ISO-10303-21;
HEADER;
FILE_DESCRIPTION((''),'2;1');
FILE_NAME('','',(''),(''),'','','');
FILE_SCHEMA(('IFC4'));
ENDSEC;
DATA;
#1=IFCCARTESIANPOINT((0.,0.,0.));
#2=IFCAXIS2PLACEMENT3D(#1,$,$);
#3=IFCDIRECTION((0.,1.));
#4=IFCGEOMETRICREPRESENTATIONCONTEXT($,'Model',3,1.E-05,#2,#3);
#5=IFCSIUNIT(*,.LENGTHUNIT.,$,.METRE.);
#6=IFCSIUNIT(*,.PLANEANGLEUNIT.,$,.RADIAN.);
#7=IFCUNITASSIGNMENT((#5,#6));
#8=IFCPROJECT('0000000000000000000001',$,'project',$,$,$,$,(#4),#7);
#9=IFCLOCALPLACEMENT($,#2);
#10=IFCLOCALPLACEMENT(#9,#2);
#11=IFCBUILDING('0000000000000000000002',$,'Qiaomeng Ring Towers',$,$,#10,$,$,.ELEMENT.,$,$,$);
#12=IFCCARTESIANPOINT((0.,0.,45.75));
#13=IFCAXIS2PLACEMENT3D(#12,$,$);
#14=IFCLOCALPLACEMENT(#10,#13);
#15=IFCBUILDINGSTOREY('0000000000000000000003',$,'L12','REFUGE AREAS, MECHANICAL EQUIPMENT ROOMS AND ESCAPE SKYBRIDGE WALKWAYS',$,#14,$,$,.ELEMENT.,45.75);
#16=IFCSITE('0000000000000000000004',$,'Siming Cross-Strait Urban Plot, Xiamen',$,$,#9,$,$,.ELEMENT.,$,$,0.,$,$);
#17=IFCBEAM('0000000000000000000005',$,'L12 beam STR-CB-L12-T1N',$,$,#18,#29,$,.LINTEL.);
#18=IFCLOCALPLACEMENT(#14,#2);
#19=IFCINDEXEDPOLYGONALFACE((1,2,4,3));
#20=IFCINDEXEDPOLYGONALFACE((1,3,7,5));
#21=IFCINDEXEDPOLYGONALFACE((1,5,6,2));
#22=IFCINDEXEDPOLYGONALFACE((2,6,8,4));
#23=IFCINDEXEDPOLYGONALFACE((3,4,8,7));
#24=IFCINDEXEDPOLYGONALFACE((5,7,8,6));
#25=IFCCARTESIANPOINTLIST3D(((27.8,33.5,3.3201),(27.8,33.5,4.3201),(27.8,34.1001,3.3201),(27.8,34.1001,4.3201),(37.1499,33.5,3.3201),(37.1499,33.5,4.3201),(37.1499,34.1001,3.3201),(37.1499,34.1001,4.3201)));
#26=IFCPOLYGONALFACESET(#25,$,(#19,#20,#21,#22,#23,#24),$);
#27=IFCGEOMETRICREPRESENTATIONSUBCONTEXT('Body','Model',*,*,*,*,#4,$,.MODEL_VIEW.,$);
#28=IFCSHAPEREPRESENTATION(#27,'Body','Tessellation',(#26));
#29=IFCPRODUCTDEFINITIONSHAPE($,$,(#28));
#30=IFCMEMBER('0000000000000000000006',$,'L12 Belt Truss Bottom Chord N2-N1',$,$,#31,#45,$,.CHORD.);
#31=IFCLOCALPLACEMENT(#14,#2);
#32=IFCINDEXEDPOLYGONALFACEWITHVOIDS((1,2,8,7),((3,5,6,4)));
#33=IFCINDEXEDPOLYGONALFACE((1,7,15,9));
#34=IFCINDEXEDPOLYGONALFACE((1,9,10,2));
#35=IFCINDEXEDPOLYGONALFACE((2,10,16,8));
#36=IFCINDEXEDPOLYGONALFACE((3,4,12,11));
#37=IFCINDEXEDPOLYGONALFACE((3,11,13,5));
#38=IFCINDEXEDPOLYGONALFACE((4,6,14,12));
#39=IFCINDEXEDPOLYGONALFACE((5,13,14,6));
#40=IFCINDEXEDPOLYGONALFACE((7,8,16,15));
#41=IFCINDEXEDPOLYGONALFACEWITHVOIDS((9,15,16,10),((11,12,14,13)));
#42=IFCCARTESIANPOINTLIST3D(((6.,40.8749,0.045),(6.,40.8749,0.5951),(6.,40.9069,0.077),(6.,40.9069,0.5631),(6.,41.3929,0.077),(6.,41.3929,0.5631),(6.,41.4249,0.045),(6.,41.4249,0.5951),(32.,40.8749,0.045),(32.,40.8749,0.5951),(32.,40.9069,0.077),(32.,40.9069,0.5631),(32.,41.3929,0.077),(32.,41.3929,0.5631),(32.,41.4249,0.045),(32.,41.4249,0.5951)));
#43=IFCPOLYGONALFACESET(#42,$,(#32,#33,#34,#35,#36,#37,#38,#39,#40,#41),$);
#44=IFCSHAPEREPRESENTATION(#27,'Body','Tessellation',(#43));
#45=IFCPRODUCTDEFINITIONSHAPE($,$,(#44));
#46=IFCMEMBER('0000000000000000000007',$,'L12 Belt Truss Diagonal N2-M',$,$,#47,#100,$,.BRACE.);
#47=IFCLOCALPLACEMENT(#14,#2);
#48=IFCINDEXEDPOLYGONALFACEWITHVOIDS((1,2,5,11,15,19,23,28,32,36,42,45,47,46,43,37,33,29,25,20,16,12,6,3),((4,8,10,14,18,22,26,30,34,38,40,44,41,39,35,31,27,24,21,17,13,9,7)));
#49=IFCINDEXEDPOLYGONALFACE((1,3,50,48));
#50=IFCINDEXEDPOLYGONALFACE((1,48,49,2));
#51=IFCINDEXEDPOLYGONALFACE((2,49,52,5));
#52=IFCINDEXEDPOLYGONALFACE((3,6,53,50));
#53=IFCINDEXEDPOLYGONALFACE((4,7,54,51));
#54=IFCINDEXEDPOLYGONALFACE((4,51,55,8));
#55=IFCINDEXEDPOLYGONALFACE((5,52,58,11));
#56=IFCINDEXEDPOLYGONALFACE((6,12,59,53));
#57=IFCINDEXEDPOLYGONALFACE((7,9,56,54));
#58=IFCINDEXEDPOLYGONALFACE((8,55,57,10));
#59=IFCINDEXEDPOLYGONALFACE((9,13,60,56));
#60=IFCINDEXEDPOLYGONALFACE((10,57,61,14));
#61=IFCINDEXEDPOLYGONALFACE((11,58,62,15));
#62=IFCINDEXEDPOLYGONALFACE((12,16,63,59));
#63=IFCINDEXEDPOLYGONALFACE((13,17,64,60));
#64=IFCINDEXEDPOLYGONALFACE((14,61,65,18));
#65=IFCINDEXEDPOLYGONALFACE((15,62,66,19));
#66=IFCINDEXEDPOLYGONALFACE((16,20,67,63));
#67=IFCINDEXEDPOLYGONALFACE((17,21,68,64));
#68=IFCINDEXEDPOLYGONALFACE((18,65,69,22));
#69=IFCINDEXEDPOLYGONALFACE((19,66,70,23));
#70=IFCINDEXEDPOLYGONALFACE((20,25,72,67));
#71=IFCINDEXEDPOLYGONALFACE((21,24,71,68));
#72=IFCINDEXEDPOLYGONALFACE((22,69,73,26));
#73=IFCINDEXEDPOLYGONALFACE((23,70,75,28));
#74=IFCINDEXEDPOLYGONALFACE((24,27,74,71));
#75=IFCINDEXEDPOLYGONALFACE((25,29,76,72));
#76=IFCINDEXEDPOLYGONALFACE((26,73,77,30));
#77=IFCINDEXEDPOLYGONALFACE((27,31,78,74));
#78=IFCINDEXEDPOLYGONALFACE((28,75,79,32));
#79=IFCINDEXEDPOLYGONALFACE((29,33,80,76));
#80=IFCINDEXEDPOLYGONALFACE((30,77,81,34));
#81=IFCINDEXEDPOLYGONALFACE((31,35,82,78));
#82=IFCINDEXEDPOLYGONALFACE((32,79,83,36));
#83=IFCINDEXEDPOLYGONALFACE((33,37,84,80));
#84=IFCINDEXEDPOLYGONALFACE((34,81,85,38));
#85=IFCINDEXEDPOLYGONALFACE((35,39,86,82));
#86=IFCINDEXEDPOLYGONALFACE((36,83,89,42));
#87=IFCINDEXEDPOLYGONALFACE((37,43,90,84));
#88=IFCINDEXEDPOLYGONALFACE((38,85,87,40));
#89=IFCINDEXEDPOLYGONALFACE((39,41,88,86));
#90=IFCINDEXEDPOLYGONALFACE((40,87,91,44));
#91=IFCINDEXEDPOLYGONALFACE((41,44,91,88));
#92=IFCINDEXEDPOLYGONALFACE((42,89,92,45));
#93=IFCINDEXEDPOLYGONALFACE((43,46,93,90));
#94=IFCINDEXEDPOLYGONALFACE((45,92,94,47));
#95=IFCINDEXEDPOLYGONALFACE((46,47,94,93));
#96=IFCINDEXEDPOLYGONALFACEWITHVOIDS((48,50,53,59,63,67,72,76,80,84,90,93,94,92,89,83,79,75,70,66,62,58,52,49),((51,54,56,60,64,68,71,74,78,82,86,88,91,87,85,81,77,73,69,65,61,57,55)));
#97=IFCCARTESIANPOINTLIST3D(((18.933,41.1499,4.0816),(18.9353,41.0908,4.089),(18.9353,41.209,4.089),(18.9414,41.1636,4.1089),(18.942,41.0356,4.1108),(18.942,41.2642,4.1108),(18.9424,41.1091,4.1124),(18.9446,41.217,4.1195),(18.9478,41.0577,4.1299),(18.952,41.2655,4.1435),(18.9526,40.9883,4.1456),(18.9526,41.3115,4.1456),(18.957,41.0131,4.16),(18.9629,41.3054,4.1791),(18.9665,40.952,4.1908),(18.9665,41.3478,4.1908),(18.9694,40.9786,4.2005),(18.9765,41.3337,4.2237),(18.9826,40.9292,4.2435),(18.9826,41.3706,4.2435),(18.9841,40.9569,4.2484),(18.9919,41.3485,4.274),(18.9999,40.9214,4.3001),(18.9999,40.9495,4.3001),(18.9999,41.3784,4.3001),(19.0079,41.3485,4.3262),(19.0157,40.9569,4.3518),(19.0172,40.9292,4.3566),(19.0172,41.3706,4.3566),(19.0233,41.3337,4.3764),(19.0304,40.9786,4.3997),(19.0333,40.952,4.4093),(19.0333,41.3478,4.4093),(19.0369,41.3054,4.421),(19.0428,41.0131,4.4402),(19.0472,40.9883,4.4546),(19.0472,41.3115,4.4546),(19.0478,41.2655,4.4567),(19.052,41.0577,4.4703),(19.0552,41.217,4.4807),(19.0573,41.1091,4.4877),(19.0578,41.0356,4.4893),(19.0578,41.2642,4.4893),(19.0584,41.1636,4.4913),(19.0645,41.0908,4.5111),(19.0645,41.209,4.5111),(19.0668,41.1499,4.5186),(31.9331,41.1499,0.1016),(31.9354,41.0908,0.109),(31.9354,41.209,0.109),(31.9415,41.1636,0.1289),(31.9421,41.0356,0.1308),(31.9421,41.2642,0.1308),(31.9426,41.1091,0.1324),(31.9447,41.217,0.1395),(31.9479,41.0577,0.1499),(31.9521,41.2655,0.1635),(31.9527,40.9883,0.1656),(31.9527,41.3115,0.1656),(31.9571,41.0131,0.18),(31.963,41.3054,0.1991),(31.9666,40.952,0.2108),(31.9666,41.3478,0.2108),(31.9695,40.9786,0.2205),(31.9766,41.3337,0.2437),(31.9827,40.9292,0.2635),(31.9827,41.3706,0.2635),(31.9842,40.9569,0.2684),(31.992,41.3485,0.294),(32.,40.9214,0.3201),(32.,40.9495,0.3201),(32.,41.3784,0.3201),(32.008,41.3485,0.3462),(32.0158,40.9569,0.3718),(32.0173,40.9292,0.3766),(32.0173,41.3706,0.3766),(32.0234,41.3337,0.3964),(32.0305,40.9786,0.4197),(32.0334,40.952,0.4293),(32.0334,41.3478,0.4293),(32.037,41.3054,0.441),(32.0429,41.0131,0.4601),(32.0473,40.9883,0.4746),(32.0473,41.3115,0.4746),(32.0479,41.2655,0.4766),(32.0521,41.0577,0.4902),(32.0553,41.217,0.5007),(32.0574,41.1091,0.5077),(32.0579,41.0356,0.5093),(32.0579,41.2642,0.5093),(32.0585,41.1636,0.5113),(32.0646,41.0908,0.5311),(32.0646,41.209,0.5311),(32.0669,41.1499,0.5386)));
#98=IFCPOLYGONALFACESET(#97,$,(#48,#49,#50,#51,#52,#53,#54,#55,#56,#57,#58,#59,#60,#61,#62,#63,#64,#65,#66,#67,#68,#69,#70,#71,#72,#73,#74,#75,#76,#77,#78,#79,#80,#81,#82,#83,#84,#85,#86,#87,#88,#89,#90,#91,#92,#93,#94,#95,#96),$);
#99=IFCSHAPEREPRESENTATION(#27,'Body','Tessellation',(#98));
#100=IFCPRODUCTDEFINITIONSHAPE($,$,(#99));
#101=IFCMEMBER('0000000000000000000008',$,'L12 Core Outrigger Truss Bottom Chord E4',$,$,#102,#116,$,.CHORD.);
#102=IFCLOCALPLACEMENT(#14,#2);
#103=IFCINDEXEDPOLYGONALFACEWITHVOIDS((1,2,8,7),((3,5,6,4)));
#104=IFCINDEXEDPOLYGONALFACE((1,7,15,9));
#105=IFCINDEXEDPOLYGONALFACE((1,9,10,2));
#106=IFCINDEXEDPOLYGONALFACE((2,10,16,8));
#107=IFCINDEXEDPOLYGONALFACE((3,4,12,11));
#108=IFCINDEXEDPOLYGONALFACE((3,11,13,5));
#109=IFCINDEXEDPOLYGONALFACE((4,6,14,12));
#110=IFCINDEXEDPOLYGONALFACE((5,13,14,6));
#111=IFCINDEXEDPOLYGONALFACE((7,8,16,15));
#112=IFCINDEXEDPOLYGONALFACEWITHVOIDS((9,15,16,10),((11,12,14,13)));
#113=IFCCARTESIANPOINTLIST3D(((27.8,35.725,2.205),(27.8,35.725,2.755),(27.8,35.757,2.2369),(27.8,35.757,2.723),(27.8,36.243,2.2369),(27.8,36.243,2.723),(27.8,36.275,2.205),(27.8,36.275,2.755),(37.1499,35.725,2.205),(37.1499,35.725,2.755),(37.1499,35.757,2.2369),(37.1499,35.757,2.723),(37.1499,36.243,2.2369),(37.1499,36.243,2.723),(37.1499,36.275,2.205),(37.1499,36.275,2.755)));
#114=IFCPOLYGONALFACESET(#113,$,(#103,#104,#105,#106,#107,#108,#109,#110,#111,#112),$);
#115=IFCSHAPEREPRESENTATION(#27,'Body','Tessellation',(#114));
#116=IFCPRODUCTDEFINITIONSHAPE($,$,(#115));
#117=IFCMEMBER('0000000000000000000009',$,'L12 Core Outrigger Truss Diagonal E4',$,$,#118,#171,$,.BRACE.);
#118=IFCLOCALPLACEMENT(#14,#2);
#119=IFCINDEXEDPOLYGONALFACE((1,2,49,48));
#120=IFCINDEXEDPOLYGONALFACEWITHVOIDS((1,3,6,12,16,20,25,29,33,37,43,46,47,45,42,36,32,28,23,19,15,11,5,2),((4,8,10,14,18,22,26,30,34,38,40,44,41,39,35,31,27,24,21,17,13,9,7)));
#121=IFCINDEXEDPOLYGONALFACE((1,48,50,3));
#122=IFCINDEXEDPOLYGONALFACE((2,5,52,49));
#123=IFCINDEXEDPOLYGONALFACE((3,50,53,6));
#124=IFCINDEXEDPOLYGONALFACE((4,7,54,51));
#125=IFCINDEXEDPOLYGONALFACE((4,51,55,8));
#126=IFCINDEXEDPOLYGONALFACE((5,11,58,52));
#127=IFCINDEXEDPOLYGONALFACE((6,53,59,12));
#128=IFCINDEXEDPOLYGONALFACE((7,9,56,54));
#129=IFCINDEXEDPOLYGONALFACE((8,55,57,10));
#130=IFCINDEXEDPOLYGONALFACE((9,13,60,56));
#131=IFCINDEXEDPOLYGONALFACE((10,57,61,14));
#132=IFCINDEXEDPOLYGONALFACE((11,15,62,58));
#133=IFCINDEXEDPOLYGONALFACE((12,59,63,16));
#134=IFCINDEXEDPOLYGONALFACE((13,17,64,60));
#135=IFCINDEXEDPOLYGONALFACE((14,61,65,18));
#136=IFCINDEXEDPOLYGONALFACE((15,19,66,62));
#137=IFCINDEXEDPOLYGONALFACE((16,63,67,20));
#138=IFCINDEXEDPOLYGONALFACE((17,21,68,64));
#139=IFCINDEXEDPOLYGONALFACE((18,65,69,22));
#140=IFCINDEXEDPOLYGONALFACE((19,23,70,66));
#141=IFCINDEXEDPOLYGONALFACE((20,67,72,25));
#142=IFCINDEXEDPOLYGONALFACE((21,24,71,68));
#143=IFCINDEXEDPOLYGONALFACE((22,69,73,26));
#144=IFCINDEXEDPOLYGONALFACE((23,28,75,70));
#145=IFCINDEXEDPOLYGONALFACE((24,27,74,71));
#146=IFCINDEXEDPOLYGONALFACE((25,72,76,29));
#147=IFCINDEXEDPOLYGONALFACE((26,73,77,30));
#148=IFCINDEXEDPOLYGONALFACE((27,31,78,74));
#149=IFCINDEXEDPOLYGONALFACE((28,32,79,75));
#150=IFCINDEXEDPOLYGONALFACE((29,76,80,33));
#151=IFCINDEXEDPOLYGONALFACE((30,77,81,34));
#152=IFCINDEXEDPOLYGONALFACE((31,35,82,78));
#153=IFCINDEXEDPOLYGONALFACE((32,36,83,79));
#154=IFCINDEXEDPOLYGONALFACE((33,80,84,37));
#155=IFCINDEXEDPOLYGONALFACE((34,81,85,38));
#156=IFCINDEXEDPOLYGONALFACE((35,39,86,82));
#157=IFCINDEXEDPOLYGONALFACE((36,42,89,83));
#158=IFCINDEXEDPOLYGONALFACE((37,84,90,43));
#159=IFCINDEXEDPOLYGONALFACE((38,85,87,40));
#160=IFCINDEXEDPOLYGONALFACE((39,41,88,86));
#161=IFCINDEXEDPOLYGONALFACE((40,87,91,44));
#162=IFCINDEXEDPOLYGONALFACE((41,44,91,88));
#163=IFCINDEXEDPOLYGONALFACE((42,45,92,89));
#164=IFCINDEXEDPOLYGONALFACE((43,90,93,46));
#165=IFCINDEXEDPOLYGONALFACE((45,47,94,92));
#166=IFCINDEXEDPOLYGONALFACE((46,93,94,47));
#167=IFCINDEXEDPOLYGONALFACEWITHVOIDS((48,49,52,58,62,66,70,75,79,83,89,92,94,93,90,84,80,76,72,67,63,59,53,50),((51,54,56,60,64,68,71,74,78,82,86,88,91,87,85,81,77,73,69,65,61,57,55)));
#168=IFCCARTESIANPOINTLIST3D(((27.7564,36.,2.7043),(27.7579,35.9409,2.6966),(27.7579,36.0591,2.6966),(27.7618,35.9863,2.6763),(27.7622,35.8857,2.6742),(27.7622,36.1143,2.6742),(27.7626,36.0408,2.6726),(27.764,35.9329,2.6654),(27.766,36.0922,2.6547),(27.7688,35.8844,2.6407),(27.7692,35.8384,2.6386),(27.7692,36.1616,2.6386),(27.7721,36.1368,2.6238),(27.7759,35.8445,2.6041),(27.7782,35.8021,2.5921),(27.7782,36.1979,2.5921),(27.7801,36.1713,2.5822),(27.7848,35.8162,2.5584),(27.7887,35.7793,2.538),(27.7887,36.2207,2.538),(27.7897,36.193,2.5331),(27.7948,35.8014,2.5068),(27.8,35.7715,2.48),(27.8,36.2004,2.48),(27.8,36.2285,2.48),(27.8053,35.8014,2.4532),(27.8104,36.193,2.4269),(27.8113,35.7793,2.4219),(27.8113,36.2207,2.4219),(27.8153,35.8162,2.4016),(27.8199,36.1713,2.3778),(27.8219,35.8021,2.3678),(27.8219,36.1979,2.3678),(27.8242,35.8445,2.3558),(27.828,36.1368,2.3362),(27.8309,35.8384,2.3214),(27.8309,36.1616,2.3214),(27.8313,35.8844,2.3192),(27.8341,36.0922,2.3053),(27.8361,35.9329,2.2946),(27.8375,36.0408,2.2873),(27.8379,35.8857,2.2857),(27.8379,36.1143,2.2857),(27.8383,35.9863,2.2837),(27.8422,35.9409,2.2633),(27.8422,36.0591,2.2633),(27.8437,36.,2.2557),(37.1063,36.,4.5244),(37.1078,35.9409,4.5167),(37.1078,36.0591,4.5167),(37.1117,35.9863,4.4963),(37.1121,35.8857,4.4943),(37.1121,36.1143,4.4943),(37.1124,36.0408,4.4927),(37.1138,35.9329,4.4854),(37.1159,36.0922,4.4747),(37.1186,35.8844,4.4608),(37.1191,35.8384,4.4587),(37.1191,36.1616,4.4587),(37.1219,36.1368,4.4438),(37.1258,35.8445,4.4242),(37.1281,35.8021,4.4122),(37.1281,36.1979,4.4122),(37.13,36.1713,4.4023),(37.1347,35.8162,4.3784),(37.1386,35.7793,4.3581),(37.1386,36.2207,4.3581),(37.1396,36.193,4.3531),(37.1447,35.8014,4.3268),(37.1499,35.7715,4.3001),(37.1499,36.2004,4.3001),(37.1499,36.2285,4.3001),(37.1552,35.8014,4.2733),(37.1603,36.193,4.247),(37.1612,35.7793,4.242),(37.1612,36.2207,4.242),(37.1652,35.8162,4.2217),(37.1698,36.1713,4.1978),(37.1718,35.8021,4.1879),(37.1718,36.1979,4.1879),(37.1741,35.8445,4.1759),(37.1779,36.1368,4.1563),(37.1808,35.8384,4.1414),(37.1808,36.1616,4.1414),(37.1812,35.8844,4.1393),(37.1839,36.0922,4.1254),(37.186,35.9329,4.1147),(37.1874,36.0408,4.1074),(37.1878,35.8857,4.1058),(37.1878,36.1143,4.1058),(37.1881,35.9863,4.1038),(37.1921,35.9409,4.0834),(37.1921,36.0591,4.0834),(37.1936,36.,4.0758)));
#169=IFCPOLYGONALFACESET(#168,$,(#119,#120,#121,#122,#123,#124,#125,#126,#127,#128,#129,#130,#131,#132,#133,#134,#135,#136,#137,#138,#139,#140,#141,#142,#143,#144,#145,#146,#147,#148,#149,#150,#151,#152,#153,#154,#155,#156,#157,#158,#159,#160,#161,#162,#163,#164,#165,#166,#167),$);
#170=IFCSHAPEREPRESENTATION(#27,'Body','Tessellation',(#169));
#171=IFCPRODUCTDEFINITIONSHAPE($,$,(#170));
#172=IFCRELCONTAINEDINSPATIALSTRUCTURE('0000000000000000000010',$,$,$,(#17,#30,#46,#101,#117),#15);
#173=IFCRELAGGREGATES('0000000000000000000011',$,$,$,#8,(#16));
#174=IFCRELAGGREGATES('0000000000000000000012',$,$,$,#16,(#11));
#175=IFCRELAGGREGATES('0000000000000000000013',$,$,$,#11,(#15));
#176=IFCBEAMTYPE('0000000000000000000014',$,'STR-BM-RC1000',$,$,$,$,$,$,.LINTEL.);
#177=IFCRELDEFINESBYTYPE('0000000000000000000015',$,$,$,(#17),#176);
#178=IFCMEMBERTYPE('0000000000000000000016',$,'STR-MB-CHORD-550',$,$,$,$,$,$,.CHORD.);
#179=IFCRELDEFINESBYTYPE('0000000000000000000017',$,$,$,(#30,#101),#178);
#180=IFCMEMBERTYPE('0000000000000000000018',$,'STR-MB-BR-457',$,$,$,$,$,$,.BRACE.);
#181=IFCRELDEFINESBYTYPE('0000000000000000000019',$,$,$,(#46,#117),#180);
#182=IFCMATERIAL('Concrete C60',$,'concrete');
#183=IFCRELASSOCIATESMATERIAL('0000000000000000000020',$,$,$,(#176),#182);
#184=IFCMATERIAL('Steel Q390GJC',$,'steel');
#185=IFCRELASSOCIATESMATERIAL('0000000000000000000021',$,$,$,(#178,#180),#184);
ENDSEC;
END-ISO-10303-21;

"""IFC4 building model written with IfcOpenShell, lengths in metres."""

from ifc_helpers import new_model, si_unit, direction, frame, origin, origin_2d, place, context, subcontext, project, spatial, rectangle, hollow_rectangle, hollow_circle, extrude, source, transform, mapped, material, material_profile, profile_set, type_object, element, save


model = new_model("IFC4")

# Units and contexts
model_context = context("Model", 3, precision=1e-05, world=origin(), true_north=direction((0.0, 1.0)))
body_context = subcontext(model_context, "Body", "Model", "MODEL_VIEW")
ifc_project = project(units=[si_unit("LENGTHUNIT", "METRE"), si_unit("PLANEANGLEUNIT", "RADIAN")], contexts=[model_context])

# Site, building, storey
site_placement = place(None, origin())
site = spatial("IfcSite", under=ifc_project, at=site_placement, Name="Siming Cross-Strait Urban Plot, Xiamen", CompositionType="ELEMENT", RefElevation=0.0)
building_placement = place(site_placement, origin())
building = spatial("IfcBuilding", under=site, at=building_placement, Name="Qiaomeng Ring Towers", CompositionType="ELEMENT")
storey_placement = place(building_placement, frame((0.0, 0.0, 45.75)))
storey = spatial("IfcBuildingStorey", under=building, at=storey_placement, Name="L12", Description="REFUGE AREAS, MECHANICAL EQUIPMENT ROOMS AND ESCAPE SKYBRIDGE WALKWAYS", CompositionType="ELEMENT", Elevation=45.75)

# Shared definitions
ifc_material_1 = material(Name="Concrete C60", Category="concrete")

# Beam
ifc_material_2 = material(Name="Steel Q390GJC", Category="steel")
ifc_material_profile_1 = material_profile(ifc_material_1, rectangle(XDim=0.6001, YDim=1.0, at=origin_2d()), Name="RC BM 600x1000")
ifc_profile_set_1 = profile_set([ifc_material_profile_1], Name="Concrete C60")
beam_type_1 = type_object("IfcBeamType", Name="STR-BM-RC1000", PredefinedType="LINTEL", material=ifc_profile_set_1)
shared_shape_1 = source(origin(), body_context, "Body", "SweptSolid", [
    extrude(rectangle(XDim=0.6001, YDim=1.0, at=origin_2d()), origin(), (0.0, 0.0, 1.0), 9.3499),
])
beam_1_placement = place(storey_placement, frame((27.8, 33.8, 3.8201), z_axis=(1.0, 0.0, 0.0), x_axis=(0.0, 1.0, 0.0)))
element("IfcBeam", 1, at=beam_1_placement, inside=storey, type_object=beam_type_1, Name="L12 beam STR-CB-L12-T1N", PredefinedType="LINTEL", context=body_context, shape_type="MappedRepresentation", body=[
    mapped(shared_shape_1, transform((0.0, 0.0, 0.0), x_axis=(1.0, 0.0, 0.0), y_axis=(0.0, 1.0, 0.0), z_axis=(0.0, 0.0, 1.0), scale=1.0)),
])

# Members
ifc_material_profile_2 = material_profile(ifc_material_2, hollow_rectangle(XDim=0.55, YDim=0.55, WallThickness=0.032, at=origin_2d()), Name="SHS 550x550x32")
ifc_profile_set_2 = profile_set([ifc_material_profile_2], Name="Steel Q390GJC")
member_type_1 = type_object("IfcMemberType", Name="STR-MB-CHORD-550", PredefinedType="CHORD", material=ifc_profile_set_2)
shared_shape_2 = source(origin(), body_context, "Body", "SweptSolid", [
    extrude(hollow_rectangle(XDim=0.55, YDim=0.55, WallThickness=0.032, at=origin_2d()), origin(), (0.0, 0.0, 1.0), 26.0),
])
member_1_placement = place(storey_placement, frame((32.0, 41.1499, 0.3201), z_axis=(-1.0, 0.0, 0.0), x_axis=(0.0, -1.0, 0.0)))
element("IfcMember", 2, at=member_1_placement, inside=storey, type_object=member_type_1, Name="L12 Belt Truss Bottom Chord N2-N1", PredefinedType="CHORD", context=body_context, shape_type="MappedRepresentation", body=[
    mapped(shared_shape_2, transform((0.0, 0.0, 0.0), x_axis=(1.0, 0.0, 0.0), y_axis=(0.0, 1.0, 0.0), z_axis=(0.0, 0.0, 1.0), scale=1.0)),
])
ifc_material_profile_3 = material_profile(ifc_material_2, hollow_circle(Radius=0.2285, WallThickness=0.0281, at=origin_2d()), Name="CHS 457x28")
ifc_profile_set_3 = profile_set([ifc_material_profile_3], Name="Steel Q390GJC")
member_type_2 = type_object("IfcMemberType", Name="STR-MB-BR-457", PredefinedType="BRACE", material=ifc_profile_set_3)
shared_shape_3 = source(origin(), body_context, "Body", "SweptSolid", [
    extrude(hollow_circle(Radius=0.2285, WallThickness=0.0281, at=origin_2d()), origin(), (0.0, 0.0, 1.0), 13.5957),
])
member_2_placement = place(storey_placement, frame((32.0, 41.1499, 0.3201), z_axis=(-0.956192, 0.0, 0.29274), x_axis=(0.0, -1.0, 0.0)))
element("IfcMember", 3, at=member_2_placement, inside=storey, type_object=member_type_2, Name="L12 Belt Truss Diagonal N2-M", PredefinedType="BRACE", context=body_context, shape_type="MappedRepresentation", body=[
    mapped(shared_shape_3, transform((0.0, 0.0, 0.0), x_axis=(1.0, 0.0, 0.0), y_axis=(0.0, 1.0, 0.0), z_axis=(0.0, 0.0, 1.0), scale=1.0)),
])
shared_shape_4 = source(origin(), body_context, "Body", "SweptSolid", [
    extrude(hollow_rectangle(XDim=0.55, YDim=0.55, WallThickness=0.032, at=origin_2d()), origin(), (0.0, 0.0, 1.0), 9.3499),
])
member_3_placement = place(storey_placement, frame((27.8, 36.0, 2.48), z_axis=(1.0, 0.0, 0.0), x_axis=(0.0, 1.0, 0.0)))
element("IfcMember", 4, at=member_3_placement, inside=storey, type_object=member_type_1, Name="L12 Core Outrigger Truss Bottom Chord E4", PredefinedType="CHORD", context=body_context, shape_type="MappedRepresentation", body=[
    mapped(shared_shape_4, transform((0.0, 0.0, 0.0), x_axis=(1.0, 0.0, 0.0), y_axis=(0.0, 1.0, 0.0), z_axis=(0.0, 0.0, 1.0), scale=1.0)),
])
shared_shape_5 = source(origin(), body_context, "Body", "SweptSolid", [
    extrude(hollow_circle(Radius=0.2285, WallThickness=0.0281, at=origin_2d()), origin(), (0.0, 0.0, 1.0), 9.5254),
])
member_4_placement = place(storey_placement, frame((27.8, 36.0, 2.48), z_axis=(0.981575, 0.0, 0.191076), x_axis=(0.0, 1.0, 0.0)))
element("IfcMember", 5, at=member_4_placement, inside=storey, type_object=member_type_2, Name="L12 Core Outrigger Truss Diagonal E4", PredefinedType="BRACE", context=body_context, shape_type="MappedRepresentation", body=[
    mapped(shared_shape_5, transform((0.0, 0.0, 0.0), x_axis=(1.0, 0.0, 0.0), y_axis=(0.0, 1.0, 0.0), z_axis=(0.0, 0.0, 1.0), scale=1.0)),
])

save(model, "model.ifc")
